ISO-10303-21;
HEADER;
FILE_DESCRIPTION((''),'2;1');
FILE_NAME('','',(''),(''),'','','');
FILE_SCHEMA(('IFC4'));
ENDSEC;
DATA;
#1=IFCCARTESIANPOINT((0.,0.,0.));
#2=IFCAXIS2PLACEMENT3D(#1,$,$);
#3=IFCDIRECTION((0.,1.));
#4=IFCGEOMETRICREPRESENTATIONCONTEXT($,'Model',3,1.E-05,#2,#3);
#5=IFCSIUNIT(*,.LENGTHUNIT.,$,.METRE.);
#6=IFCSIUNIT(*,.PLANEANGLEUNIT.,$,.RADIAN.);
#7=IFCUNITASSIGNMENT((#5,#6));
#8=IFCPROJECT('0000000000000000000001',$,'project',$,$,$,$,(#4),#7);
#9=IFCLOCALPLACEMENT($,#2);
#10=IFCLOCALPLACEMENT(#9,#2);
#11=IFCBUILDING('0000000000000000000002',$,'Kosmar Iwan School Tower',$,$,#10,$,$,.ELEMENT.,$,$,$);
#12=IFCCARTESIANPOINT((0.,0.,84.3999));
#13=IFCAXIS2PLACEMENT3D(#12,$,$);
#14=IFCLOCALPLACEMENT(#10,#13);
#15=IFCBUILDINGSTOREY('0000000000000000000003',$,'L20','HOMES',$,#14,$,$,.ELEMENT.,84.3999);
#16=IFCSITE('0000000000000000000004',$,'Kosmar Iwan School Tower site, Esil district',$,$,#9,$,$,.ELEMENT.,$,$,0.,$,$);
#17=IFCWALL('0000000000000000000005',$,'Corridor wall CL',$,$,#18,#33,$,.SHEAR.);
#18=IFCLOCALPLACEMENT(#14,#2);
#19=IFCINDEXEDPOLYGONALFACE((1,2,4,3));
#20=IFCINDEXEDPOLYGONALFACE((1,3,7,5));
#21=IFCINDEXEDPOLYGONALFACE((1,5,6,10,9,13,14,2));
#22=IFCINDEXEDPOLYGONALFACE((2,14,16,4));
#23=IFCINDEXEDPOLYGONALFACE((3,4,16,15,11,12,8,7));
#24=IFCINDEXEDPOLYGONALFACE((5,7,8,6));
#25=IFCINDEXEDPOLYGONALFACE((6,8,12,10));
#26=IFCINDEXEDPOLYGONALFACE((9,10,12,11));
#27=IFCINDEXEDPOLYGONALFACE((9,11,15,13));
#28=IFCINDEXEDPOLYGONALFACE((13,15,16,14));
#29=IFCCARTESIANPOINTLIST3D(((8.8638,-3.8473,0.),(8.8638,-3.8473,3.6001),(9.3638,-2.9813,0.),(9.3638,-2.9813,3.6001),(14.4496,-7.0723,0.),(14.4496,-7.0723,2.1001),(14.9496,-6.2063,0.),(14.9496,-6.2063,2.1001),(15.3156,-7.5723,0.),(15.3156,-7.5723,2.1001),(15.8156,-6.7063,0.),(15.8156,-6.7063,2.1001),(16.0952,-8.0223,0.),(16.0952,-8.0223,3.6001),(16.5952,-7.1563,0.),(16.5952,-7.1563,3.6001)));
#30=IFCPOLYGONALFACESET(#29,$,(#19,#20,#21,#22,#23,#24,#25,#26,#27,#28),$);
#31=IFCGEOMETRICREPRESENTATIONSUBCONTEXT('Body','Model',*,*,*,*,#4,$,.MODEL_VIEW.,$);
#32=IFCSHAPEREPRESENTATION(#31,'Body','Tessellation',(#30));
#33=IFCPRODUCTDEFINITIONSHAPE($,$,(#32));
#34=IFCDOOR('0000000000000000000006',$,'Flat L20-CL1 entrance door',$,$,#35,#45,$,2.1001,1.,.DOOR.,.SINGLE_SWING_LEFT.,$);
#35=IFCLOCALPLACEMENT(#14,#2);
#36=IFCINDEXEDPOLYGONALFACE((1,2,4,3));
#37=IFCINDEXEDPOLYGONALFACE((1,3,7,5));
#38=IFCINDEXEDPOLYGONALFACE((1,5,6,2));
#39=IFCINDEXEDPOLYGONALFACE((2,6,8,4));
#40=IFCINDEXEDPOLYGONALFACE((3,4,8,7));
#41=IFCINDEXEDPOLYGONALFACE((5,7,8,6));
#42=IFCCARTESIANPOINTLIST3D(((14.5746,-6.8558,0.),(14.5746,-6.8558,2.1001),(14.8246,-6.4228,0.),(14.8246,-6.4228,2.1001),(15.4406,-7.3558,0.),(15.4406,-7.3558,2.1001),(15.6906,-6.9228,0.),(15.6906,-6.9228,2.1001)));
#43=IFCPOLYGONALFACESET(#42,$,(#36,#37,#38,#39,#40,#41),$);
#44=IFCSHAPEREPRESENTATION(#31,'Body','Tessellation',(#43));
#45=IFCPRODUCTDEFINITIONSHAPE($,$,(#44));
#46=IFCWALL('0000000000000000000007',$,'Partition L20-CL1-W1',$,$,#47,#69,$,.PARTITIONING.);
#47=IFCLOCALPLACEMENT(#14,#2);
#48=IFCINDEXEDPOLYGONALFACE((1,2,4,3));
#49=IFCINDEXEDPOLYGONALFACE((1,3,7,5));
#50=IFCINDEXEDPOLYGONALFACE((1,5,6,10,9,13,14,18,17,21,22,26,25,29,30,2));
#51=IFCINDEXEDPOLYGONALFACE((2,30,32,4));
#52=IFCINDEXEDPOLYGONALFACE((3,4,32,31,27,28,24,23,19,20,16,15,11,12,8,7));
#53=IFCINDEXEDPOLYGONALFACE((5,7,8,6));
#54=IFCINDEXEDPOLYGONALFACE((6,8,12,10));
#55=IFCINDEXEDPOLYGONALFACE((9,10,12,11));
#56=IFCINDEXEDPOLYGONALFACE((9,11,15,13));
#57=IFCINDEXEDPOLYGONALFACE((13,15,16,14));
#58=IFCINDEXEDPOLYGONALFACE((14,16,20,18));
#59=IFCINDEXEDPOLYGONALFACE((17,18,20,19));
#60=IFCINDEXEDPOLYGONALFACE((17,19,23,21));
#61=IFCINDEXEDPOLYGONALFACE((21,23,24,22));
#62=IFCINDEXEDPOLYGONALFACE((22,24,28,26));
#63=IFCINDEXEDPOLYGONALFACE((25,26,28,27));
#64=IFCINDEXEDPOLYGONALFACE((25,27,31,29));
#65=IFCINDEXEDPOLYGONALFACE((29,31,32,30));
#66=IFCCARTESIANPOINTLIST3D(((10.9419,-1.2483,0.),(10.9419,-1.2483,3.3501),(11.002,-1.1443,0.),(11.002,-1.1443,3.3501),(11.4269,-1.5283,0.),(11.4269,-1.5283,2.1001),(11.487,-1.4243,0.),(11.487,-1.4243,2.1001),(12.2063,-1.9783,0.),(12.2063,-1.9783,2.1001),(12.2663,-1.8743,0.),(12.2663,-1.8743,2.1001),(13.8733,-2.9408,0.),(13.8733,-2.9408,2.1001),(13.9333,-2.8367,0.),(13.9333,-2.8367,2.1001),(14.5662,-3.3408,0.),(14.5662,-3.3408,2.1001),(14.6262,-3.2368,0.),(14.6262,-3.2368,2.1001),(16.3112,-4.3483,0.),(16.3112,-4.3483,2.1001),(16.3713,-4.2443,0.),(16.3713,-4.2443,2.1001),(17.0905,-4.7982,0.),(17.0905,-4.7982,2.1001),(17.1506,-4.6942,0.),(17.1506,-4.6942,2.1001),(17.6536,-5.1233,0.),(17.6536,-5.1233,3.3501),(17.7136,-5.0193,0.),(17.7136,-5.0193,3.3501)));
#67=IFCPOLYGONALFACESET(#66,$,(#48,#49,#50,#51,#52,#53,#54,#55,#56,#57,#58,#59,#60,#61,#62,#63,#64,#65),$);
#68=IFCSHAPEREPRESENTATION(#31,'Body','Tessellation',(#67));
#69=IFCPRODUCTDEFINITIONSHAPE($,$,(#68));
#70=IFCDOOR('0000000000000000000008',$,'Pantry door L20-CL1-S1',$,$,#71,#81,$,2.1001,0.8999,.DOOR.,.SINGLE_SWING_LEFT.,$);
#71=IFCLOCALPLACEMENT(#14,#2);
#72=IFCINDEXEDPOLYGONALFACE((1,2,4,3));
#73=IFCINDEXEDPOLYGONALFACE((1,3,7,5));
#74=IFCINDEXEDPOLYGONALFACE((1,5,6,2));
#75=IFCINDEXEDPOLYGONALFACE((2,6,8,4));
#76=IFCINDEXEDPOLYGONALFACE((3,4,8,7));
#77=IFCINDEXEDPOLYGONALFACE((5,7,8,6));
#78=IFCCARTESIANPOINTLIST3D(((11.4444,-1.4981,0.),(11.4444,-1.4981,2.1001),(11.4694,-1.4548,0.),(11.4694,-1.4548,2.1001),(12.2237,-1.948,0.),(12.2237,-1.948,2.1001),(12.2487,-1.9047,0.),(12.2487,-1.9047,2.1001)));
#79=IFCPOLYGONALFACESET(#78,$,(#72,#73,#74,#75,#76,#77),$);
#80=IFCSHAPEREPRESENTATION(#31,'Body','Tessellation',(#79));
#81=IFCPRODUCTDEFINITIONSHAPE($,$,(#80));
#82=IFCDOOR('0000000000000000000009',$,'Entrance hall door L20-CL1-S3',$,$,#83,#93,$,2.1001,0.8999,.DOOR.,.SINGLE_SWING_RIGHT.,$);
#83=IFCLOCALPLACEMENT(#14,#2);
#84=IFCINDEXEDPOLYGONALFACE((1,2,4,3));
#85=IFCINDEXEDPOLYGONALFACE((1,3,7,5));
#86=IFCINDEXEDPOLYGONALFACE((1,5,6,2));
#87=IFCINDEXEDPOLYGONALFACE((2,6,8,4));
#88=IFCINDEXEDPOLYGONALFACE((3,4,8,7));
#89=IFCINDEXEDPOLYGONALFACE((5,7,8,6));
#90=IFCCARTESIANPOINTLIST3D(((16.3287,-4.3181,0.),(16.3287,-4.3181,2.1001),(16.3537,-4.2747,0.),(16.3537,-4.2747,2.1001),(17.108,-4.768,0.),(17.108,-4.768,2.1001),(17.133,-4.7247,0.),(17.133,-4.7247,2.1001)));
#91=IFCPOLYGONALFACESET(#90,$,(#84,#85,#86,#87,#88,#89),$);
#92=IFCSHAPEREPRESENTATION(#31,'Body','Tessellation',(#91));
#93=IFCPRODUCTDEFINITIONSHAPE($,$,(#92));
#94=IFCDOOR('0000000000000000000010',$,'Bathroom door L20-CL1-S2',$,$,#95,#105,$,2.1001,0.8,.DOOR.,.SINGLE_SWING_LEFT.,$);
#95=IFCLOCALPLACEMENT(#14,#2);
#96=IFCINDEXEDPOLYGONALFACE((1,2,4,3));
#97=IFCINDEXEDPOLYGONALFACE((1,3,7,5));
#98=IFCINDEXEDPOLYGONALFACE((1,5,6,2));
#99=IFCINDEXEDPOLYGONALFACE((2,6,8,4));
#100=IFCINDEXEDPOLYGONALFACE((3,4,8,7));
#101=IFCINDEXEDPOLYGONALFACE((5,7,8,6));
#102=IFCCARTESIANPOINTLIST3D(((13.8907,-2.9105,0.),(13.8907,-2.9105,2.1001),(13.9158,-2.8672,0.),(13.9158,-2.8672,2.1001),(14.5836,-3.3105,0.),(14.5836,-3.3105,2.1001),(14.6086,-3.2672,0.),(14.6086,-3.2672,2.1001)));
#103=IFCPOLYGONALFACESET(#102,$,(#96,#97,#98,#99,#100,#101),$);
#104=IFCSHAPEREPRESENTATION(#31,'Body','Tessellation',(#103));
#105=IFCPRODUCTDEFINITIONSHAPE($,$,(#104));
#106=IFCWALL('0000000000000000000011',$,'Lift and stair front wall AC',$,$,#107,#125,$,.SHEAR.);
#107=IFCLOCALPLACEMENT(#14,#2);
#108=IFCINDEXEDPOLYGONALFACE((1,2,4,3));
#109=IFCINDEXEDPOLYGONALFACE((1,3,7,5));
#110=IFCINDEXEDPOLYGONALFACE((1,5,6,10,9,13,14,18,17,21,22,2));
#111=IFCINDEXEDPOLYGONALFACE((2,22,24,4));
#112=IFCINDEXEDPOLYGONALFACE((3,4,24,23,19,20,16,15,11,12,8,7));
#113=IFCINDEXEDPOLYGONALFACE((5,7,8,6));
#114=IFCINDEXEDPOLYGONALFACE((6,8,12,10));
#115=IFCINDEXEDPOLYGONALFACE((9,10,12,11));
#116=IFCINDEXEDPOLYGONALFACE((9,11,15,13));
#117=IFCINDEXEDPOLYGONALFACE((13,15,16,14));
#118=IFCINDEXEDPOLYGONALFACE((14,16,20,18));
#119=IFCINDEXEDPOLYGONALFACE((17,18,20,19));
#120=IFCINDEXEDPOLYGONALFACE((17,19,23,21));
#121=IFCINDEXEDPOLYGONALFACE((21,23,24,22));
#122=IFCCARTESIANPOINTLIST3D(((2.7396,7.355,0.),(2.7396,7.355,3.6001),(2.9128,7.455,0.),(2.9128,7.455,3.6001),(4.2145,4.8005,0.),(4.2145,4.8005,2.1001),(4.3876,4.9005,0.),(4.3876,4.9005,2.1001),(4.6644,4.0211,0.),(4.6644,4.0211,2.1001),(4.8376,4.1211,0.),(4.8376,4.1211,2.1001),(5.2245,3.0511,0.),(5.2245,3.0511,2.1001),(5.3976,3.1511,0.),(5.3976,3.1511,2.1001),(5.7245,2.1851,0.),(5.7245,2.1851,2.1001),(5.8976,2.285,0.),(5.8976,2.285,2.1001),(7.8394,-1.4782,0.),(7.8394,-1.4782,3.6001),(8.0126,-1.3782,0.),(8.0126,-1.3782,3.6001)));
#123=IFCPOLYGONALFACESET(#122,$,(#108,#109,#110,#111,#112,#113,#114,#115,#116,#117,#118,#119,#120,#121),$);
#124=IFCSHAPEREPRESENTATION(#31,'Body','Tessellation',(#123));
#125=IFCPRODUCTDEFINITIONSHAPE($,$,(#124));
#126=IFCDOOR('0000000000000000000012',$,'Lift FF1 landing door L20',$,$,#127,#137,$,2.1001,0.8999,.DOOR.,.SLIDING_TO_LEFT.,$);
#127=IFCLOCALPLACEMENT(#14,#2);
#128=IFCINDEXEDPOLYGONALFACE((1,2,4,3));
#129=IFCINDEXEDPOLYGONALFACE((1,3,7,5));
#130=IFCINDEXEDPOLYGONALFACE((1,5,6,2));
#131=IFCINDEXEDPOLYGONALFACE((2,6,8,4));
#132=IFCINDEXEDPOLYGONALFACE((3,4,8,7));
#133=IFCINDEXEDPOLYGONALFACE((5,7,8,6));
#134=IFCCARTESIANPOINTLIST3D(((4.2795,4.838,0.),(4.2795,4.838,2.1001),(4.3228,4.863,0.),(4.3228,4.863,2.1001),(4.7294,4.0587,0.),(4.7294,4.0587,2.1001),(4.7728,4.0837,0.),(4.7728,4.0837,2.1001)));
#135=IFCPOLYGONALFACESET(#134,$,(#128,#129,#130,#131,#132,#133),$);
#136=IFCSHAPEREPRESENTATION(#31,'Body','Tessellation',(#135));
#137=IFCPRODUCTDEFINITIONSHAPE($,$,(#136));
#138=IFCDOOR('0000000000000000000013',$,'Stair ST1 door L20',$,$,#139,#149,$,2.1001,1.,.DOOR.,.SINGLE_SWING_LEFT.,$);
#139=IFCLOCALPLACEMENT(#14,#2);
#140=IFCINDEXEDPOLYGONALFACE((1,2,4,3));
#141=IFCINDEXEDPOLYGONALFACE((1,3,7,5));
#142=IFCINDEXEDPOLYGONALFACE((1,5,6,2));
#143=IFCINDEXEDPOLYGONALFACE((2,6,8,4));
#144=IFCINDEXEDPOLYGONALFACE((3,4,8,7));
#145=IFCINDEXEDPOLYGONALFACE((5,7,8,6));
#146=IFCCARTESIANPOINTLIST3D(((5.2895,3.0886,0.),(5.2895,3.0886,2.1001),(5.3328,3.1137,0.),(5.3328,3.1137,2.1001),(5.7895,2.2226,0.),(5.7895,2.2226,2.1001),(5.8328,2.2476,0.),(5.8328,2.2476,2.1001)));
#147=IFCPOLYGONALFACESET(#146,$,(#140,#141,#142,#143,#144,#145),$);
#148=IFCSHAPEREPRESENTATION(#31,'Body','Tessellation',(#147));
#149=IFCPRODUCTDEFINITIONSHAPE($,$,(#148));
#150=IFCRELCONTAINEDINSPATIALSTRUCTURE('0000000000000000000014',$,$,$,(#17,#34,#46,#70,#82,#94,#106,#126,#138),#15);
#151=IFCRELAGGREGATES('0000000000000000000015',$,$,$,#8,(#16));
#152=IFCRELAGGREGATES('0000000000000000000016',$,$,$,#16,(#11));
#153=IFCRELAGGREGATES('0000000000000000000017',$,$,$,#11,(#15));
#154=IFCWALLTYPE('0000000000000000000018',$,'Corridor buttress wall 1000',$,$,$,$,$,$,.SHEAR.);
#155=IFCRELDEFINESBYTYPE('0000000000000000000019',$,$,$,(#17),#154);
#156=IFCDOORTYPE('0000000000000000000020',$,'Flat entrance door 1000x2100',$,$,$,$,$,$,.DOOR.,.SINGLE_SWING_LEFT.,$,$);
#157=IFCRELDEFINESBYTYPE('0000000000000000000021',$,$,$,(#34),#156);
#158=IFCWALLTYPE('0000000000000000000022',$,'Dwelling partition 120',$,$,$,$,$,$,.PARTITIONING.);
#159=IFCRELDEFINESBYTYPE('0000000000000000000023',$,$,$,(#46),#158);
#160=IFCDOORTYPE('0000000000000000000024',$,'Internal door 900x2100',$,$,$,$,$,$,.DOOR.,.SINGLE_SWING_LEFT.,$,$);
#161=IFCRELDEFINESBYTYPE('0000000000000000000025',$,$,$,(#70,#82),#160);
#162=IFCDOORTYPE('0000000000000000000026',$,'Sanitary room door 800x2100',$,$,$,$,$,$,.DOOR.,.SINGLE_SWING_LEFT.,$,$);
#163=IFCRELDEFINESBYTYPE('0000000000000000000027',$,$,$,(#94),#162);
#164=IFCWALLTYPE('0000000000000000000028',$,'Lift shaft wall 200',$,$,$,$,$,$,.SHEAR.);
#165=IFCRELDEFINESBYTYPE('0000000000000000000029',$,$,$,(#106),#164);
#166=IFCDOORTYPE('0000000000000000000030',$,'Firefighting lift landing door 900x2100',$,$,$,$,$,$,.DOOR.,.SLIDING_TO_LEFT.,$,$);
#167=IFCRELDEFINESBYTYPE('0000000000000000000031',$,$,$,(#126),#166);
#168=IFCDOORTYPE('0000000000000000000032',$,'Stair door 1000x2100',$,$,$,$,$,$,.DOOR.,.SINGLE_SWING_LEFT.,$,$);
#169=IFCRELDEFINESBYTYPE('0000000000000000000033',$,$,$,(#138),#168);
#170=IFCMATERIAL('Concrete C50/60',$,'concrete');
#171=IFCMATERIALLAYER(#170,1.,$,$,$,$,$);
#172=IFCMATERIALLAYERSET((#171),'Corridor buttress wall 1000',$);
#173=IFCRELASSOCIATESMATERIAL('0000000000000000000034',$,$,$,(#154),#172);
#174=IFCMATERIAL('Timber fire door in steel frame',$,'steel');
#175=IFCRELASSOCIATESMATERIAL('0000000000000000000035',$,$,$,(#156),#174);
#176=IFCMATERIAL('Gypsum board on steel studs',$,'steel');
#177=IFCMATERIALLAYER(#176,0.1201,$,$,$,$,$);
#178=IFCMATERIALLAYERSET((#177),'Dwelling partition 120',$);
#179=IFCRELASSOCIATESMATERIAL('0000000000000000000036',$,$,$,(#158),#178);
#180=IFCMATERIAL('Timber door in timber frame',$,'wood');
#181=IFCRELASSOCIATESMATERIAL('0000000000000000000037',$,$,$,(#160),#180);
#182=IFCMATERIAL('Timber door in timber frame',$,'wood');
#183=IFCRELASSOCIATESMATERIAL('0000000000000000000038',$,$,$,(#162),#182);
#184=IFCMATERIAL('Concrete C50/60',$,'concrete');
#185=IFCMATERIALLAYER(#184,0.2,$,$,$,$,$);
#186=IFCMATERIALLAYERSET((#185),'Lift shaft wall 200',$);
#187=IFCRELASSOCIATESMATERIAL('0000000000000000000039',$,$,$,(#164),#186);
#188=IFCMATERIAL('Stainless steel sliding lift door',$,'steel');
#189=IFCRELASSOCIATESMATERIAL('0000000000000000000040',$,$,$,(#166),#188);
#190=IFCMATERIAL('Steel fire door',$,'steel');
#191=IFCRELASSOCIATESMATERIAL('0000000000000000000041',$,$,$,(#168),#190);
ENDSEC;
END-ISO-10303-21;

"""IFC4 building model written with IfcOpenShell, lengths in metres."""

from ifc_helpers import new_model, si_unit, direction, frame, frame_2d, origin, place, context, subcontext, project, spatial, rectangle, extrude, material, layer, layer_set, type_object, element, fill, save


model = new_model("IFC4")

# Units and contexts
model_context = context("Model", 3, precision=1e-05, world=origin(), true_north=direction((0.0, 1.0)))
body_context = subcontext(model_context, "Body", "Model", "MODEL_VIEW")
ifc_project = project(units=[si_unit("LENGTHUNIT", "METRE"), si_unit("PLANEANGLEUNIT", "RADIAN")], contexts=[model_context])

# Site, building, storey
site_placement = place(None, origin())
site = spatial("IfcSite", under=ifc_project, at=site_placement, Name="Kosmar Iwan School Tower site, Esil district", CompositionType="ELEMENT", RefElevation=0.0)
building_placement = place(site_placement, origin())
building = spatial("IfcBuilding", under=site, at=building_placement, Name="Kosmar Iwan School Tower", CompositionType="ELEMENT")
storey_placement = place(building_placement, frame((0.0, 0.0, 84.3999)))
storey = spatial("IfcBuildingStorey", under=building, at=storey_placement, Name="L20", Description="HOMES", CompositionType="ELEMENT", Elevation=84.3999)

# Wall, opening, door
ifc_material_1 = material(Name="Concrete C50/60", Category="concrete")
ifc_layer_1 = layer(ifc_material_1, 1.0)
ifc_layer_set_1 = layer_set([ifc_layer_1], Name="Corridor buttress wall 1000")
wall_type_1 = type_object("IfcWallType", Name="Corridor buttress wall 1000", PredefinedType="SHEAR", material=ifc_layer_set_1)
wall_1_placement = place(storey_placement, frame((9.1138, -3.4143, 0.0), z_axis=(0.0, 0.0, 1.0), x_axis=(0.866027, -0.499997, 0.0)))
wall_1 = element("IfcWall", 1, at=wall_1_placement, inside=storey, type_object=wall_type_1, Name="Corridor wall CL", PredefinedType="SHEAR", context=body_context, shape_type="SweptSolid", body=[
    extrude(rectangle(XDim=8.3501, YDim=1.0, at=frame_2d((4.175, 0.0))), origin(), (0.0, 0.0, 1.0), 3.6001),
])
opening_1_placement = place(wall_1_placement, frame((6.45, 0.0, 0.0)))
opening_1 = element("IfcOpeningElement", 2, at=opening_1_placement, cuts=wall_1, PredefinedType="OPENING", context=body_context, shape_type="SweptSolid", body=[
    extrude(rectangle(XDim=1.0, YDim=2.1001, at=frame_2d((0.5, 1.05))), frame((0.0, 0.512, 0.0), z_axis=(0.0, -1.0, 0.0), x_axis=(1.0, 0.0, 0.0)), (0.0, 0.0, 1.0), 1.0239),
])
ifc_material_2 = material(Name="Timber fire door in steel frame", Category="steel")
door_type_1 = type_object("IfcDoorType", Name="Flat entrance door 1000x2100", OperationType="SINGLE_SWING_LEFT", PredefinedType="DOOR", material=ifc_material_2)
door_1_placement = place(opening_1_placement, origin())
door_1 = element("IfcDoor", 3, at=door_1_placement, inside=storey, type_object=door_type_1, Name="Flat L20-CL1 entrance door", OperationType="SINGLE_SWING_LEFT", OverallHeight=2.1001, OverallWidth=1.0, PredefinedType="DOOR", context=body_context, shape_type="SweptSolid", body=[
    extrude(rectangle(XDim=1.0, YDim=2.1001, at=frame_2d((0.5, 1.05))), frame((0.0, 0.25, 0.0), z_axis=(0.0, -1.0, 0.0), x_axis=(1.0, 0.0, 0.0)), (0.0, 0.0, 1.0), 0.5),
])
fill(opening_1, door_1)

# Walls, openings, doors
ifc_material_3 = material(Name="Gypsum board on steel studs", Category="steel")
ifc_layer_2 = layer(ifc_material_3, 0.1201)
ifc_layer_set_2 = layer_set([ifc_layer_2], Name="Dwelling partition 120")
wall_type_2 = type_object("IfcWallType", Name="Dwelling partition 120", PredefinedType="PARTITIONING", material=ifc_layer_set_2)
wall_2_placement = place(storey_placement, frame((10.9719, -1.1963, 0.0), z_axis=(0.0, 0.0, 1.0), x_axis=(0.866025, -0.500002, 0.0)))
wall_2 = element("IfcWall", 4, at=wall_2_placement, inside=storey, type_object=wall_type_2, Name="Partition L20-CL1-W1", PredefinedType="PARTITIONING", context=body_context, shape_type="SweptSolid", body=[
    extrude(rectangle(XDim=7.75, YDim=0.1201, at=frame_2d((3.875, 0.0))), origin(), (0.0, 0.0, 1.0), 3.3501),
])
opening_2_placement = place(wall_2_placement, frame((0.5601, 0.0, 0.0)))
opening_2 = element("IfcOpeningElement", 5, at=opening_2_placement, cuts=wall_2, PredefinedType="OPENING", context=body_context, shape_type="SweptSolid", body=[
    extrude(rectangle(XDim=0.8999, YDim=2.1001, at=frame_2d((0.45, 1.05))), frame((0.0, 0.072, 0.0), z_axis=(0.0, -1.0, 0.0), x_axis=(1.0, 0.0, 0.0)), (0.0, 0.0, 1.0), 0.144),
])
opening_3_placement = place(wall_2_placement, frame((3.385, 0.0, 0.0)))
opening_3 = element("IfcOpeningElement", 6, at=opening_3_placement, cuts=wall_2, PredefinedType="OPENING", context=body_context, shape_type="SweptSolid", body=[
    extrude(rectangle(XDim=0.8, YDim=2.1001, at=frame_2d((0.3999, 1.05))), frame((0.0, 0.072, 0.0), z_axis=(0.0, -1.0, 0.0), x_axis=(1.0, 0.0, 0.0)), (0.0, 0.0, 1.0), 0.144),
])
opening_4_placement = place(wall_2_placement, frame((6.2, 0.0, 0.0)))
opening_4 = element("IfcOpeningElement", 7, at=opening_4_placement, cuts=wall_2, PredefinedType="OPENING", context=body_context, shape_type="SweptSolid", body=[
    extrude(rectangle(XDim=0.8999, YDim=2.1001, at=frame_2d((0.45, 1.05))), frame((0.0, 0.072, 0.0), z_axis=(0.0, -1.0, 0.0), x_axis=(1.0, 0.0, 0.0)), (0.0, 0.0, 1.0), 0.144),
])
ifc_material_4 = material(Name="Timber door in timber frame", Category="wood")
door_type_2 = type_object("IfcDoorType", Name="Internal door 900x2100", OperationType="SINGLE_SWING_LEFT", PredefinedType="DOOR", material=ifc_material_4)
door_2_placement = place(opening_2_placement, origin())
door_2 = element("IfcDoor", 8, at=door_2_placement, inside=storey, type_object=door_type_2, Name="Pantry door L20-CL1-S1", OperationType="SINGLE_SWING_LEFT", OverallHeight=2.1001, OverallWidth=0.8999, PredefinedType="DOOR", context=body_context, shape_type="SweptSolid", body=[
    extrude(rectangle(XDim=0.8999, YDim=2.1001, at=frame_2d((0.45, 1.05))), frame((0.0, 0.0249, 0.0), z_axis=(0.0, -1.0, 0.0), x_axis=(1.0, 0.0, 0.0)), (0.0, 0.0, 1.0), 0.05),
])
fill(opening_2, door_2)
door_3_placement = place(opening_4_placement, origin())
door_3 = element("IfcDoor", 9, at=door_3_placement, inside=storey, type_object=door_type_2, Name="Entrance hall door L20-CL1-S3", OperationType="SINGLE_SWING_RIGHT", OverallHeight=2.1001, OverallWidth=0.8999, PredefinedType="DOOR", context=body_context, shape_type="SweptSolid", body=[
    extrude(rectangle(XDim=0.8999, YDim=2.1001, at=frame_2d((0.45, 1.05))), frame((0.0, 0.0249, 0.0), z_axis=(0.0, -1.0, 0.0), x_axis=(1.0, 0.0, 0.0)), (0.0, 0.0, 1.0), 0.05),
])
fill(opening_4, door_3)
ifc_material_5 = material(Name="Timber door in timber frame", Category="wood")
door_type_3 = type_object("IfcDoorType", Name="Sanitary room door 800x2100", OperationType="SINGLE_SWING_LEFT", PredefinedType="DOOR", material=ifc_material_5)
door_4_placement = place(opening_3_placement, origin())
door_4 = element("IfcDoor", 10, at=door_4_placement, inside=storey, type_object=door_type_3, Name="Bathroom door L20-CL1-S2", OperationType="SINGLE_SWING_LEFT", OverallHeight=2.1001, OverallWidth=0.8, PredefinedType="DOOR", context=body_context, shape_type="SweptSolid", body=[
    extrude(rectangle(XDim=0.8, YDim=2.1001, at=frame_2d((0.3999, 1.05))), frame((0.0, 0.0249, 0.0), z_axis=(0.0, -1.0, 0.0), x_axis=(1.0, 0.0, 0.0)), (0.0, 0.0, 1.0), 0.05),
])
fill(opening_3, door_4)
ifc_material_6 = material(Name="Concrete C50/60", Category="concrete")
ifc_layer_3 = layer(ifc_material_6, 0.2)
ifc_layer_set_3 = layer_set([ifc_layer_3], Name="Lift shaft wall 200")
wall_type_3 = type_object("IfcWallType", Name="Lift shaft wall 200", PredefinedType="SHEAR", material=ifc_layer_set_3)
wall_3_placement = place(storey_placement, frame((7.926, -1.4282, 0.0), z_axis=(0.0, 0.0, 1.0), x_axis=(-0.499998, 0.866027, 0.0)))
wall_3 = element("IfcWall", 11, at=wall_3_placement, inside=storey, type_object=wall_type_3, Name="Lift and stair front wall AC", PredefinedType="SHEAR", context=body_context, shape_type="SweptSolid", body=[
    extrude(rectangle(XDim=10.1997, YDim=0.2, at=frame_2d((5.0999, 0.0))), origin(), (0.0, 0.0, 1.0), 3.6001),
])
opening_5_placement = place(wall_3_placement, frame((6.3501, 0.0, 0.0)))
opening_5 = element("IfcOpeningElement", 12, at=opening_5_placement, cuts=wall_3, PredefinedType="OPENING", context=body_context, shape_type="SweptSolid", body=[
    extrude(rectangle(XDim=0.8999, YDim=2.1001, at=frame_2d((0.45, 1.05))), frame((0.0, 0.1121, 0.0), z_axis=(0.0, -1.0, 0.0), x_axis=(1.0, 0.0, 0.0)), (0.0, 0.0, 1.0), 0.2239),
])
opening_6_placement = place(wall_3_placement, frame((4.23, 0.0, 0.0)))
opening_6 = element("IfcOpeningElement", 13, at=opening_6_placement, cuts=wall_3, PredefinedType="OPENING", context=body_context, shape_type="SweptSolid", body=[
    extrude(rectangle(XDim=1.0, YDim=2.1001, at=frame_2d((0.5, 1.05))), frame((0.0, 0.1121, 0.0), z_axis=(0.0, -1.0, 0.0), x_axis=(1.0, 0.0, 0.0)), (0.0, 0.0, 1.0), 0.2239),
])
ifc_material_7 = material(Name="Stainless steel sliding lift door", Category="steel")
door_type_4 = type_object("IfcDoorType", Name="Firefighting lift landing door 900x2100", OperationType="SLIDING_TO_LEFT", PredefinedType="DOOR", material=ifc_material_7)
door_5_placement = place(opening_5_placement, origin())
door_5 = element("IfcDoor", 14, at=door_5_placement, inside=storey, type_object=door_type_4, Name="Lift FF1 landing door L20", OperationType="SLIDING_TO_LEFT", OverallHeight=2.1001, OverallWidth=0.8999, PredefinedType="DOOR", context=body_context, shape_type="SweptSolid", body=[
    extrude(rectangle(XDim=0.8999, YDim=2.1001, at=frame_2d((0.45, 1.05))), frame((0.0, 0.0249, 0.0), z_axis=(0.0, -1.0, 0.0), x_axis=(1.0, 0.0, 0.0)), (0.0, 0.0, 1.0), 0.05),
])
fill(opening_5, door_5)
ifc_material_8 = material(Name="Steel fire door", Category="steel")
door_type_5 = type_object("IfcDoorType", Name="Stair door 1000x2100", OperationType="SINGLE_SWING_LEFT", PredefinedType="DOOR", material=ifc_material_8)
door_6_placement = place(opening_6_placement, origin())
door_6 = element("IfcDoor", 15, at=door_6_placement, inside=storey, type_object=door_type_5, Name="Stair ST1 door L20", OperationType="SINGLE_SWING_LEFT", OverallHeight=2.1001, OverallWidth=1.0, PredefinedType="DOOR", context=body_context, shape_type="SweptSolid", body=[
    extrude(rectangle(XDim=1.0, YDim=2.1001, at=frame_2d((0.5, 1.05))), frame((0.0, 0.0249, 0.0), z_axis=(0.0, -1.0, 0.0), x_axis=(1.0, 0.0, 0.0)), (0.0, 0.0, 1.0), 0.05),
])
fill(opening_6, door_6)

save(model, "model.ifc")
